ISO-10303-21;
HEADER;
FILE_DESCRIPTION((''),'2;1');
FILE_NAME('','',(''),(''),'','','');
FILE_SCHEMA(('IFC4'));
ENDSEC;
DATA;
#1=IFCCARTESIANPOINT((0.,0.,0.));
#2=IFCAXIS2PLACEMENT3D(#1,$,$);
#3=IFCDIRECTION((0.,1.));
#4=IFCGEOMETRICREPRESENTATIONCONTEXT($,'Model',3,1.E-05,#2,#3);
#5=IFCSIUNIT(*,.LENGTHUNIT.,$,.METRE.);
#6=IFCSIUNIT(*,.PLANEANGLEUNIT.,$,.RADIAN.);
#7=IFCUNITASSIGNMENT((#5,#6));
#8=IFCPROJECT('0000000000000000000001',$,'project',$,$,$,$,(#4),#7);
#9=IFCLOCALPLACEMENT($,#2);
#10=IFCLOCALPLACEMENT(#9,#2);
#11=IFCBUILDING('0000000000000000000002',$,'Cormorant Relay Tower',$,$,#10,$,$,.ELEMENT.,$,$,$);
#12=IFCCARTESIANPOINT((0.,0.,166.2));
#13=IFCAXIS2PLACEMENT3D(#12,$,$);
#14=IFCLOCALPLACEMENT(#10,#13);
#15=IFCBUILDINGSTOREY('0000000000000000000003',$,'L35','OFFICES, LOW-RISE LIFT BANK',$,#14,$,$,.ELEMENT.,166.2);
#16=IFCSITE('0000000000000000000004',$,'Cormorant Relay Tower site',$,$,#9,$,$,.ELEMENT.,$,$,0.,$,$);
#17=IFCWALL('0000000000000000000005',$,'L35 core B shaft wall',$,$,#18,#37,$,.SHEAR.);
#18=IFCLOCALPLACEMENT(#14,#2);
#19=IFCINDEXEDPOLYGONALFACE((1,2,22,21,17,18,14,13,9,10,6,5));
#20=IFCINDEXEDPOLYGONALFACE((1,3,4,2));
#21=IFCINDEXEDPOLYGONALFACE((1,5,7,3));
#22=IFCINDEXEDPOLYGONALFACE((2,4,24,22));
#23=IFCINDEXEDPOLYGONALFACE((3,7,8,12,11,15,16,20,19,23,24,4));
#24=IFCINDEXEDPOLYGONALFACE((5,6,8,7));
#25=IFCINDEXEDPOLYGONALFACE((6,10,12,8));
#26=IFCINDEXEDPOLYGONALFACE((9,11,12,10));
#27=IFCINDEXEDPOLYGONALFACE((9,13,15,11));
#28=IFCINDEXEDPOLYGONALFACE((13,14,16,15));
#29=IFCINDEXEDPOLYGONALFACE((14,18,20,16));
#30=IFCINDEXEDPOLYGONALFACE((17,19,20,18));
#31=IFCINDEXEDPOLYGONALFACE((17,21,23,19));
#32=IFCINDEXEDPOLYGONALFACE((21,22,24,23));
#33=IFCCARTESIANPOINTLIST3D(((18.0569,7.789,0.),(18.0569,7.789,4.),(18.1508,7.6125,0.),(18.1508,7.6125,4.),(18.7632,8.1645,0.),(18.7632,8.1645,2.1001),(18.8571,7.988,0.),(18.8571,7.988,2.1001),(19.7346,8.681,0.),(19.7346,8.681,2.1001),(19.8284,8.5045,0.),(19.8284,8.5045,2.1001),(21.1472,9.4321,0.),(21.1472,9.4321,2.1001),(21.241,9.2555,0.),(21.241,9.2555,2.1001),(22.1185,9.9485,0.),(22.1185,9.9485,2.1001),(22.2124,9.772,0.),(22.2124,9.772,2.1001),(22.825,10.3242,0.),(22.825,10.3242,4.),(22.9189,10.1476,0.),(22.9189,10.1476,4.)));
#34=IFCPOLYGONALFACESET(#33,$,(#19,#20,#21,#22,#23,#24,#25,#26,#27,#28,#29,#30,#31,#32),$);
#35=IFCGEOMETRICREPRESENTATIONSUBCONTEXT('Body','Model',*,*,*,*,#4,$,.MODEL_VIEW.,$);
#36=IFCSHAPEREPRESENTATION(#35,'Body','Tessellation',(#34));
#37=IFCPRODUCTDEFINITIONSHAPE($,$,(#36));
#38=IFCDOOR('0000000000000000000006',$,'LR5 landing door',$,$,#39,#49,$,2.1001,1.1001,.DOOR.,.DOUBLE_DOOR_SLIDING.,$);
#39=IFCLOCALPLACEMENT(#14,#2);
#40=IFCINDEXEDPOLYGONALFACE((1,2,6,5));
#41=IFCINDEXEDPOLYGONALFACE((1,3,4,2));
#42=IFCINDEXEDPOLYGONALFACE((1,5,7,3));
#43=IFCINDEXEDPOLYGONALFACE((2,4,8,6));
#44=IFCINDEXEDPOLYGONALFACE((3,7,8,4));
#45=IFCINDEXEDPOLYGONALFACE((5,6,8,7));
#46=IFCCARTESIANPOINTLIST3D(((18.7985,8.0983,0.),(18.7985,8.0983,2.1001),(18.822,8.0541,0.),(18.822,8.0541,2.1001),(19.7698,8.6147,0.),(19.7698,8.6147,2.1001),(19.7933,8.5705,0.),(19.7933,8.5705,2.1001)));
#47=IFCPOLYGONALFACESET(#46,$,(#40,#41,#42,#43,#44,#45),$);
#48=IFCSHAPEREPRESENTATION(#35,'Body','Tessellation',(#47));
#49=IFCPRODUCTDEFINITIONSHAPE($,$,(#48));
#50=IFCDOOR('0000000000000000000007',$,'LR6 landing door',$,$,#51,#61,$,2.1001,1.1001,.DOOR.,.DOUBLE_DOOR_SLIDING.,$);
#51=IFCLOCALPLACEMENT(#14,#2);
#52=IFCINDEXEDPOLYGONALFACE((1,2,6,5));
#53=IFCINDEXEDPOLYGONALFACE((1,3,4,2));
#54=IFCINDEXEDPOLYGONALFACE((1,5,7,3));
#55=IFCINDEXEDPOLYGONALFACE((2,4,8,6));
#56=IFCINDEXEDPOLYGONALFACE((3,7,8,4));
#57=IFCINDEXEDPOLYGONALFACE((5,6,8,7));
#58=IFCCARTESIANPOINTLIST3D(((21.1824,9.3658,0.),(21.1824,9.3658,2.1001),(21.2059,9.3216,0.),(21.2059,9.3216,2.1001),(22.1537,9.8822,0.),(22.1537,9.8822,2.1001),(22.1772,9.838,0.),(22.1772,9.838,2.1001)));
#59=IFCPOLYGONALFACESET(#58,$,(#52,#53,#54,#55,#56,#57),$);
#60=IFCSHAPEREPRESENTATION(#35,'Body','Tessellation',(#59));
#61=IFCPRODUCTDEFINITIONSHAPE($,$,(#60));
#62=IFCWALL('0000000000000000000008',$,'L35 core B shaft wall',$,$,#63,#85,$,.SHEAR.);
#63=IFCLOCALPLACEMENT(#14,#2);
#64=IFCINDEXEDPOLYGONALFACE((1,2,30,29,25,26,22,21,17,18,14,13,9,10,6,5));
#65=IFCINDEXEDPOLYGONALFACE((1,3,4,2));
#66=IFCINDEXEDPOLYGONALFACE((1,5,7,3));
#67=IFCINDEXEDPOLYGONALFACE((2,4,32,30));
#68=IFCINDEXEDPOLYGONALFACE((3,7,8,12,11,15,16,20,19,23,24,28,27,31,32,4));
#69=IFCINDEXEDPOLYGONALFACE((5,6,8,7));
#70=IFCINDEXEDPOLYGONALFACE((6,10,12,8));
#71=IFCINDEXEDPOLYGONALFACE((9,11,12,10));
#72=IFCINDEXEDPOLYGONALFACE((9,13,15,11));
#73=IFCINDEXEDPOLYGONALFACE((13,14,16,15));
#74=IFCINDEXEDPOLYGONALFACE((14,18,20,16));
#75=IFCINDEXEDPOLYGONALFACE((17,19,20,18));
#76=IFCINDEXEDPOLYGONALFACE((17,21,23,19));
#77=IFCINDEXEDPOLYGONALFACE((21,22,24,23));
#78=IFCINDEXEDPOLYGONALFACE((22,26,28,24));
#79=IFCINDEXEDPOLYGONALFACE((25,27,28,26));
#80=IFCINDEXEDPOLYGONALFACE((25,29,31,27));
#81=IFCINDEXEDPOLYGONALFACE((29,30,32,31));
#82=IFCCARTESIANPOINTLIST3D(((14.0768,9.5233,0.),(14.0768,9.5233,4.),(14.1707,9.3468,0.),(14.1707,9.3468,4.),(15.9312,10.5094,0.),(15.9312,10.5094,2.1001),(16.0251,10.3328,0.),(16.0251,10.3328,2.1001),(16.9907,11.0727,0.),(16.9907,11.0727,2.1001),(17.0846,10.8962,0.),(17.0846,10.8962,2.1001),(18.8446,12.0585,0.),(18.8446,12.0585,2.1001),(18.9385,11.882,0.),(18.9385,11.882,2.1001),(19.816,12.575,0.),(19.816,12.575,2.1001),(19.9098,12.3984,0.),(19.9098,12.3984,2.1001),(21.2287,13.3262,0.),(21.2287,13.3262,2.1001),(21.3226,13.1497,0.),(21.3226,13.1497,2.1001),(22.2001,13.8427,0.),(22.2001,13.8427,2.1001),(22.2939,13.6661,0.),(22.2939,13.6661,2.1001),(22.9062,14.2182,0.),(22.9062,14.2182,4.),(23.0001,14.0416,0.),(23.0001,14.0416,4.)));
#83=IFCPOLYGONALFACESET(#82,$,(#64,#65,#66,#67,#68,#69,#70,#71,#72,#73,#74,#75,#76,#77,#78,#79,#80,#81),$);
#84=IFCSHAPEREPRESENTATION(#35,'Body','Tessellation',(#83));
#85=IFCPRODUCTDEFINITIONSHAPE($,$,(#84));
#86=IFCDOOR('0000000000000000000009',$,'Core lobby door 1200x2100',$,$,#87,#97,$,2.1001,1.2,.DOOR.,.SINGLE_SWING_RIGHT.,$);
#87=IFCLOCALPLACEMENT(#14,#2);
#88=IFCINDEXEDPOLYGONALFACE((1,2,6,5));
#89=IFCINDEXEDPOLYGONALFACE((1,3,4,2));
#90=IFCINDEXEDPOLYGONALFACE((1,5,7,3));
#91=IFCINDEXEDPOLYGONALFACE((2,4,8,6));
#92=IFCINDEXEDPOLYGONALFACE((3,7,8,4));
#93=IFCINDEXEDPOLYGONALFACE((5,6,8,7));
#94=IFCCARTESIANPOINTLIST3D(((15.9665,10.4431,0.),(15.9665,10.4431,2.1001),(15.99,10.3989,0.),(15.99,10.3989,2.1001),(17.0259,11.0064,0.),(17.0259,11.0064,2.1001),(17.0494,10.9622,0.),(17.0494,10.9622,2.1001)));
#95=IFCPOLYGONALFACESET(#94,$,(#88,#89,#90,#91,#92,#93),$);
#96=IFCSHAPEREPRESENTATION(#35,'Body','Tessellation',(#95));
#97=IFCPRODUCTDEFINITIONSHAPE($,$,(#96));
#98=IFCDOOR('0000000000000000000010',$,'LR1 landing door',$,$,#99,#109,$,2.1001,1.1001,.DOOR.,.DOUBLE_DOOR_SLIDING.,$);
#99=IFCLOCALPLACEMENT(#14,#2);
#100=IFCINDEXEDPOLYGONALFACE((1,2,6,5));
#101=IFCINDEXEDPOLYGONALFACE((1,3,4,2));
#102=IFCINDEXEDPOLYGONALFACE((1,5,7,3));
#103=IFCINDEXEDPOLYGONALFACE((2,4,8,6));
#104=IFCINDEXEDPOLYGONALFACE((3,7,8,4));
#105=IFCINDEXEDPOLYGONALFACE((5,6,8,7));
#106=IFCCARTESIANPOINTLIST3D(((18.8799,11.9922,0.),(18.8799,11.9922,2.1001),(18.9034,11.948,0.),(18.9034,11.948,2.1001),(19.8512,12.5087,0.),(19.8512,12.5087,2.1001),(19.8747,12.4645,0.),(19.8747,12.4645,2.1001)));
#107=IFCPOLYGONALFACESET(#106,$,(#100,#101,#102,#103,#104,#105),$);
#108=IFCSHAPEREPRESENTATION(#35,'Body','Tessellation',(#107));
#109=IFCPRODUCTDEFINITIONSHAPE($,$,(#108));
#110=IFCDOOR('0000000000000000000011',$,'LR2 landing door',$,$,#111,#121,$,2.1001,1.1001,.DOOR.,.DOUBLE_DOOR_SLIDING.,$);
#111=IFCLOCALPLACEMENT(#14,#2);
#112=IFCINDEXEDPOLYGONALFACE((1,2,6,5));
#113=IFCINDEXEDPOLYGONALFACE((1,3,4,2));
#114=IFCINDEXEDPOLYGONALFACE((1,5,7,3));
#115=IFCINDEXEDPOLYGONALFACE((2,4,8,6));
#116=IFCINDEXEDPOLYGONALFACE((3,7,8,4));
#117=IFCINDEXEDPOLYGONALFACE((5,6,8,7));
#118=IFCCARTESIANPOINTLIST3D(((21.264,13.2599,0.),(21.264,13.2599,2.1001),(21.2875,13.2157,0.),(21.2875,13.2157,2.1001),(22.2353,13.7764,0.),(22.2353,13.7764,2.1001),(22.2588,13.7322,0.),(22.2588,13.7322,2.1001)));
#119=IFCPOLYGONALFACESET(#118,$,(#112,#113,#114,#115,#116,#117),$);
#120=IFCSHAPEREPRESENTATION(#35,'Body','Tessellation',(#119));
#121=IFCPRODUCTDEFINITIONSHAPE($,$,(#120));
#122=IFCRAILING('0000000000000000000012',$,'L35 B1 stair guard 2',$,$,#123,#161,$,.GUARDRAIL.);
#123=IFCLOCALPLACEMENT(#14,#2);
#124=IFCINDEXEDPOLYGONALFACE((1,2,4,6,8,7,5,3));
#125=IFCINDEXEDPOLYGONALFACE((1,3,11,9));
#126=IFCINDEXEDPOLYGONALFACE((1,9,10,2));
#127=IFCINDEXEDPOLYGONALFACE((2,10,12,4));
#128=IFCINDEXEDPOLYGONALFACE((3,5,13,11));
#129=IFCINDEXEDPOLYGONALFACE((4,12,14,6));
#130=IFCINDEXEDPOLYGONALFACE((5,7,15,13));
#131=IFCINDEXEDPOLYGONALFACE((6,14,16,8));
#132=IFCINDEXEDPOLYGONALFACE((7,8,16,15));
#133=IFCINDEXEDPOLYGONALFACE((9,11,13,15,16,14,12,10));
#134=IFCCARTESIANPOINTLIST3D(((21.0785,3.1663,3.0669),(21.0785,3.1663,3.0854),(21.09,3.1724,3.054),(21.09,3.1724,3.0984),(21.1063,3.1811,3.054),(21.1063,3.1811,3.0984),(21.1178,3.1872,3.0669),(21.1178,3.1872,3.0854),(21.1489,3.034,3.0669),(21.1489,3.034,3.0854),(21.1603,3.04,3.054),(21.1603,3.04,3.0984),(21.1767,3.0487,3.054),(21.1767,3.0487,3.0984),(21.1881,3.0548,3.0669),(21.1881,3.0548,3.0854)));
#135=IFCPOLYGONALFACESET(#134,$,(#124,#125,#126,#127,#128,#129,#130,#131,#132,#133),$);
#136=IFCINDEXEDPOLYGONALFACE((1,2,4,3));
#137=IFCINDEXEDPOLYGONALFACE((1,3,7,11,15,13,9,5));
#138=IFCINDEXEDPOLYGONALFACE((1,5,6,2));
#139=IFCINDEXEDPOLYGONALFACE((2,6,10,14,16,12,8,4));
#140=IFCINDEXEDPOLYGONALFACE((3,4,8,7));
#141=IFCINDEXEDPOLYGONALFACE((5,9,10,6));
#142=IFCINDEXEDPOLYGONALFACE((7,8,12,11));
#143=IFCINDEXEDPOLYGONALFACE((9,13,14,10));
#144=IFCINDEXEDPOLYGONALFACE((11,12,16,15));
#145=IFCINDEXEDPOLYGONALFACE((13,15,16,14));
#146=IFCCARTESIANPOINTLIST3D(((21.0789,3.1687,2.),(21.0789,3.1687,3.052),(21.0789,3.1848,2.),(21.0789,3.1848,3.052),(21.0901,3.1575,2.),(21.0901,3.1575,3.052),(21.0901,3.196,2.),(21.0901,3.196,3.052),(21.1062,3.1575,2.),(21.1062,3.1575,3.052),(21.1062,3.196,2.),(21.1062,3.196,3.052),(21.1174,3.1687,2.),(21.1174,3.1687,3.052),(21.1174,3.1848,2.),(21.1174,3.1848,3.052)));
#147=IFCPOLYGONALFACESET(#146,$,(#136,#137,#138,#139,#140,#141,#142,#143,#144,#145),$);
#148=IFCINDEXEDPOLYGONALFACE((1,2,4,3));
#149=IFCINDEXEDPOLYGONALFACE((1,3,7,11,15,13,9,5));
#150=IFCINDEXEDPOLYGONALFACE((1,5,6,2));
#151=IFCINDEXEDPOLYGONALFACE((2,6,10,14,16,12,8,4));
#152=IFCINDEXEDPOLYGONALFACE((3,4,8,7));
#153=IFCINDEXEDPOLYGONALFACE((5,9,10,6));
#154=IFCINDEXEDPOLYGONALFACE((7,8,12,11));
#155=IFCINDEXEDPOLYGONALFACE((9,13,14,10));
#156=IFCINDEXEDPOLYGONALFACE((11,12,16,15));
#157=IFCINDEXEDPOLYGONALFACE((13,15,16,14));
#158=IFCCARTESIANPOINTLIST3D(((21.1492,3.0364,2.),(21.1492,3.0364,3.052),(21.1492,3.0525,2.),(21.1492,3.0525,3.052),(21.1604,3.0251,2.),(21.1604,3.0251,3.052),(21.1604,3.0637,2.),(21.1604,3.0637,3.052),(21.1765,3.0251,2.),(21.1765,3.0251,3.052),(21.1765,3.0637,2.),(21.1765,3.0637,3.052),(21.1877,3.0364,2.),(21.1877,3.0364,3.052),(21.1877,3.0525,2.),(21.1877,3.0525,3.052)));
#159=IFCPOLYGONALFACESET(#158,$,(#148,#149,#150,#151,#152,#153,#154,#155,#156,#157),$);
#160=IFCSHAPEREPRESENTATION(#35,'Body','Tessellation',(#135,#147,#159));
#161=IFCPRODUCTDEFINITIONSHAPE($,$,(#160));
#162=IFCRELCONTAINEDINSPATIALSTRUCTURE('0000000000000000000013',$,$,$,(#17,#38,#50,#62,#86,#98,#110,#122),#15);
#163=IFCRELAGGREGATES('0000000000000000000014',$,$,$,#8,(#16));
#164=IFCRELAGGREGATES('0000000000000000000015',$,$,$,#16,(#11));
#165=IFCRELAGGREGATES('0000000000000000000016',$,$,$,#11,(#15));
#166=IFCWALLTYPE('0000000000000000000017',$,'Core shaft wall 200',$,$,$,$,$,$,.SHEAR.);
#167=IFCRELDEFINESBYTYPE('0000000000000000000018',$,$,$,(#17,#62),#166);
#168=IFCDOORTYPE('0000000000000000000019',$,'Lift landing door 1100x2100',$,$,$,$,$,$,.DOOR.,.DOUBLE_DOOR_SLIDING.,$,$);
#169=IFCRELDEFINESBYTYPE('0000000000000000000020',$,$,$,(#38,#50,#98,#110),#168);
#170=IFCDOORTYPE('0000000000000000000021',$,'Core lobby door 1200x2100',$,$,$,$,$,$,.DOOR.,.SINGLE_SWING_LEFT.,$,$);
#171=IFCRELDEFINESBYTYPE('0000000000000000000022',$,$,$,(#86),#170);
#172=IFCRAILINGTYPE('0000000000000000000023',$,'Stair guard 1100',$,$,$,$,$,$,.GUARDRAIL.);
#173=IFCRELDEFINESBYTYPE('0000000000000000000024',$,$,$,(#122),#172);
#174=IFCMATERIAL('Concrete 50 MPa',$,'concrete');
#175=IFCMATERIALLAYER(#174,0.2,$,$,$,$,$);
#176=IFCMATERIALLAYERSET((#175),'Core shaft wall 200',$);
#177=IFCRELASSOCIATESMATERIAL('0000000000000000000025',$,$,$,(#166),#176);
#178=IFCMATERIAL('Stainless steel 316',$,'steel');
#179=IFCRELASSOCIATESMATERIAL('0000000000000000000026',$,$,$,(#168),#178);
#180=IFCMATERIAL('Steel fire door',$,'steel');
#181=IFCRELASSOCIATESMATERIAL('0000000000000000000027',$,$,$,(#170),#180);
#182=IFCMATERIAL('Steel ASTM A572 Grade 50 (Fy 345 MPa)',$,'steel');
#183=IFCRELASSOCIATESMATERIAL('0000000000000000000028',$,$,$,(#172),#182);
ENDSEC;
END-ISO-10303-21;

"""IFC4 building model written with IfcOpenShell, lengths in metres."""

from ifc_helpers import new_model, si_unit, direction, frame, frame_2d, origin, place, context, subcontext, project, spatial, polyline, rectangle, outline, extrude, material, layer, layer_set, type_object, element, fill, save


model = new_model("IFC4")

# Units and contexts
model_context = context("Model", 3, precision=1e-05, world=origin(), true_north=direction((0.0, 1.0)))
body_context = subcontext(model_context, "Body", "Model", "MODEL_VIEW")
ifc_project = project(units=[si_unit("LENGTHUNIT", "METRE"), si_unit("PLANEANGLEUNIT", "RADIAN")], contexts=[model_context])

# Site, building, storey
site_placement = place(None, origin())
site = spatial("IfcSite", under=ifc_project, at=site_placement, Name="Cormorant Relay Tower site", CompositionType="ELEMENT", RefElevation=0.0)
building_placement = place(site_placement, origin())
building = spatial("IfcBuilding", under=site, at=building_placement, Name="Cormorant Relay Tower", CompositionType="ELEMENT")
storey_placement = place(building_placement, frame((0.0, 0.0, 166.2)))
storey = spatial("IfcBuildingStorey", under=building, at=storey_placement, Name="L35", Description="OFFICES, LOW-RISE LIFT BANK", CompositionType="ELEMENT", Elevation=166.2)

# Shared definitions
ifc_material_1 = material(Name="Concrete 50 MPa", Category="concrete")
ifc_layer_1 = layer(ifc_material_1, 0.2)
ifc_layer_set_1 = layer_set([ifc_layer_1], Name="Core shaft wall 200")
wall_type = type_object("IfcWallType", Name="Core shaft wall 200", PredefinedType="SHEAR", material=ifc_layer_set_1)

# Walls, openings, doors
wall_1_placement = place(storey_placement, frame((18.1038, 7.7007, 0.0), z_axis=(0.0, 0.0, 1.0), x_axis=(0.882953, 0.469462, 0.0)))
wall_1 = element("IfcWall", 1, at=wall_1_placement, inside=storey, type_object=wall_type, Name="L35 core B shaft wall", PredefinedType="SHEAR", context=body_context, shape_type="SweptSolid", body=[
    extrude(rectangle(XDim=5.4001, YDim=0.2, at=frame_2d((2.7002, 0.0))), origin(), (0.0, 0.0, 1.0), 4.0),
])
opening_1_placement = place(wall_1_placement, frame((0.8, 0.0, 0.0)))
opening_1 = element("IfcOpeningElement", 2, at=opening_1_placement, cuts=wall_1, PredefinedType="OPENING", context=body_context, shape_type="SweptSolid", body=[
    extrude(rectangle(XDim=1.1001, YDim=2.1001, at=frame_2d((0.55, 1.05))), frame((0.0, 0.1099, 0.0), z_axis=(0.0, -1.0, 0.0), x_axis=(1.0, 0.0, 0.0)), (0.0, 0.0, 1.0), 0.22),
])
opening_2_placement = place(wall_1_placement, frame((3.5, 0.0, 0.0)))
opening_2 = element("IfcOpeningElement", 3, at=opening_2_placement, cuts=wall_1, PredefinedType="OPENING", context=body_context, shape_type="SweptSolid", body=[
    extrude(rectangle(XDim=1.1001, YDim=2.1001, at=frame_2d((0.55, 1.05))), frame((0.0, 0.1099, 0.0), z_axis=(0.0, -1.0, 0.0), x_axis=(1.0, 0.0, 0.0)), (0.0, 0.0, 1.0), 0.22),
])
ifc_material_2 = material(Name="Stainless steel 316", Category="steel")
door_type_1 = type_object("IfcDoorType", Name="Lift landing door 1100x2100", OperationType="DOUBLE_DOOR_SLIDING", PredefinedType="DOOR", material=ifc_material_2)
door_1_placement = place(opening_1_placement, origin())
door_1 = element("IfcDoor", 4, at=door_1_placement, inside=storey, type_object=door_type_1, Name="LR5 landing door", OperationType="DOUBLE_DOOR_SLIDING", OverallHeight=2.1001, OverallWidth=1.1001, PredefinedType="DOOR", context=body_context, shape_type="SweptSolid", body=[
    extrude(rectangle(XDim=1.1001, YDim=2.1001, at=frame_2d((0.55, 1.05))), frame((0.0, 0.0249, 0.0), z_axis=(0.0, -1.0, 0.0), x_axis=(1.0, 0.0, 0.0)), (0.0, 0.0, 1.0), 0.05),
])
fill(opening_1, door_1)
door_2_placement = place(opening_2_placement, origin())
door_2 = element("IfcDoor", 5, at=door_2_placement, inside=storey, type_object=door_type_1, Name="LR6 landing door", OperationType="DOUBLE_DOOR_SLIDING", OverallHeight=2.1001, OverallWidth=1.1001, PredefinedType="DOOR", context=body_context, shape_type="SweptSolid", body=[
    extrude(rectangle(XDim=1.1001, YDim=2.1001, at=frame_2d((0.55, 1.05))), frame((0.0, 0.0249, 0.0), z_axis=(0.0, -1.0, 0.0), x_axis=(1.0, 0.0, 0.0)), (0.0, 0.0, 1.0), 0.05),
])
fill(opening_2, door_2)
wall_2_placement = place(storey_placement, frame((14.1238, 9.4351, 0.0), z_axis=(0.0, 0.0, 1.0), x_axis=(0.88294, 0.469485, 0.0)))
wall_2 = element("IfcWall", 6, at=wall_2_placement, inside=storey, type_object=wall_type, Name="L35 core B shaft wall", PredefinedType="SHEAR", context=body_context, shape_type="SweptSolid", body=[
    extrude(rectangle(XDim=10.0, YDim=0.2, at=frame_2d((5.0, 0.0))), origin(), (0.0, 0.0, 1.0), 4.0),
])
opening_3_placement = place(wall_2_placement, frame((2.1001, 0.0, 0.0)))
opening_3 = element("IfcOpeningElement", 7, at=opening_3_placement, cuts=wall_2, PredefinedType="OPENING", context=body_context, shape_type="SweptSolid", body=[
    extrude(rectangle(XDim=1.2, YDim=2.1001, at=frame_2d((0.6001, 1.05))), frame((0.0, 0.1099, 0.0), z_axis=(0.0, -1.0, 0.0), x_axis=(1.0, 0.0, 0.0)), (0.0, 0.0, 1.0), 0.22),
])
opening_4_placement = place(wall_2_placement, frame((5.3999, 0.0, 0.0)))
opening_4 = element("IfcOpeningElement", 8, at=opening_4_placement, cuts=wall_2, PredefinedType="OPENING", context=body_context, shape_type="SweptSolid", body=[
    extrude(rectangle(XDim=1.1001, YDim=2.1001, at=frame_2d((0.55, 1.05))), frame((0.0, 0.1099, 0.0), z_axis=(0.0, -1.0, 0.0), x_axis=(1.0, 0.0, 0.0)), (0.0, 0.0, 1.0), 0.22),
])
opening_5_placement = place(wall_2_placement, frame((8.1001, 0.0, 0.0)))
opening_5 = element("IfcOpeningElement", 9, at=opening_5_placement, cuts=wall_2, PredefinedType="OPENING", context=body_context, shape_type="SweptSolid", body=[
    extrude(rectangle(XDim=1.1001, YDim=2.1001, at=frame_2d((0.55, 1.05))), frame((0.0, 0.1099, 0.0), z_axis=(0.0, -1.0, 0.0), x_axis=(1.0, 0.0, 0.0)), (0.0, 0.0, 1.0), 0.22),
])
ifc_material_3 = material(Name="Steel fire door", Category="steel")
door_type_2 = type_object("IfcDoorType", Name="Core lobby door 1200x2100", OperationType="SINGLE_SWING_LEFT", PredefinedType="DOOR", material=ifc_material_3)
door_3_placement = place(opening_3_placement, origin())
door_3 = element("IfcDoor", 10, at=door_3_placement, inside=storey, type_object=door_type_2, Name="Core lobby door 1200x2100", OperationType="SINGLE_SWING_RIGHT", OverallHeight=2.1001, OverallWidth=1.2, PredefinedType="DOOR", context=body_context, shape_type="SweptSolid", body=[
    extrude(rectangle(XDim=1.2, YDim=2.1001, at=frame_2d((0.6001, 1.05))), frame((0.0, 0.0249, 0.0), z_axis=(0.0, -1.0, 0.0), x_axis=(1.0, 0.0, 0.0)), (0.0, 0.0, 1.0), 0.05),
])
fill(opening_3, door_3)
door_4_placement = place(opening_4_placement, origin())
door_4 = element("IfcDoor", 11, at=door_4_placement, inside=storey, type_object=door_type_1, Name="LR1 landing door", OperationType="DOUBLE_DOOR_SLIDING", OverallHeight=2.1001, OverallWidth=1.1001, PredefinedType="DOOR", context=body_context, shape_type="SweptSolid", body=[
    extrude(rectangle(XDim=1.1001, YDim=2.1001, at=frame_2d((0.55, 1.05))), frame((0.0, 0.0249, 0.0), z_axis=(0.0, -1.0, 0.0), x_axis=(1.0, 0.0, 0.0)), (0.0, 0.0, 1.0), 0.05),
])
fill(opening_4, door_4)
door_5_placement = place(opening_5_placement, origin())
door_5 = element("IfcDoor", 12, at=door_5_placement, inside=storey, type_object=door_type_1, Name="LR2 landing door", OperationType="DOUBLE_DOOR_SLIDING", OverallHeight=2.1001, OverallWidth=1.1001, PredefinedType="DOOR", context=body_context, shape_type="SweptSolid", body=[
    extrude(rectangle(XDim=1.1001, YDim=2.1001, at=frame_2d((0.55, 1.05))), frame((0.0, 0.0249, 0.0), z_axis=(0.0, -1.0, 0.0), x_axis=(1.0, 0.0, 0.0)), (0.0, 0.0, 1.0), 0.05),
])
fill(opening_5, door_5)

# Railing
ifc_material_4 = material(Name="Steel ASTM A572 Grade 50 (Fy 345 MPa)", Category="steel")
railing_type = type_object("IfcRailingType", Name="Stair guard 1100", PredefinedType="GUARDRAIL", material=ifc_material_4)
railing_1_placement = place(storey_placement, frame((21.0981, 3.1768, 2.0)))
element("IfcRailing", 13, at=railing_1_placement, inside=storey, type_object=railing_type, Name="L35 B1 stair guard 2", PredefinedType="GUARDRAIL", context=body_context, shape_type="SweptSolid", body=[
    extrude(outline(polyline([(0.0222, 0.0093), (0.0093, 0.0222), (-0.0093, 0.0222), (-0.0222, 0.0093), (-0.0222, -0.0093), (-0.0093, -0.0222), (0.0093, -0.0222), (0.0222, -0.0093), (0.0222, 0.0093)])), frame((0.0, 0.0, 1.0762), z_axis=(0.469235, -0.883074, 0.0), x_axis=(0.883074, 0.469235, 0.0)), (0.0, 0.0, 1.0), 0.1499),
    extrude(outline(polyline([(0.0193, 0.0081), (0.0081, 0.0193), (-0.0081, 0.0193), (-0.0193, 0.0081), (-0.0193, -0.0081), (-0.0081, -0.0193), (0.0081, -0.0193), (0.0193, -0.0081), (0.0193, 0.0081)])), origin(), (0.0, 0.0, 1.0), 1.052),
    extrude(outline(polyline([(0.0193, 0.0081), (0.0081, 0.0193), (-0.0081, 0.0193), (-0.0193, 0.0081), (-0.0193, -0.0081), (-0.0081, -0.0193), (0.0081, -0.0193), (0.0193, -0.0081), (0.0193, 0.0081)])), frame((0.0703, -0.1323, 0.0)), (0.0, 0.0, 1.0), 1.052),
])

save(model, "model.ifc")
